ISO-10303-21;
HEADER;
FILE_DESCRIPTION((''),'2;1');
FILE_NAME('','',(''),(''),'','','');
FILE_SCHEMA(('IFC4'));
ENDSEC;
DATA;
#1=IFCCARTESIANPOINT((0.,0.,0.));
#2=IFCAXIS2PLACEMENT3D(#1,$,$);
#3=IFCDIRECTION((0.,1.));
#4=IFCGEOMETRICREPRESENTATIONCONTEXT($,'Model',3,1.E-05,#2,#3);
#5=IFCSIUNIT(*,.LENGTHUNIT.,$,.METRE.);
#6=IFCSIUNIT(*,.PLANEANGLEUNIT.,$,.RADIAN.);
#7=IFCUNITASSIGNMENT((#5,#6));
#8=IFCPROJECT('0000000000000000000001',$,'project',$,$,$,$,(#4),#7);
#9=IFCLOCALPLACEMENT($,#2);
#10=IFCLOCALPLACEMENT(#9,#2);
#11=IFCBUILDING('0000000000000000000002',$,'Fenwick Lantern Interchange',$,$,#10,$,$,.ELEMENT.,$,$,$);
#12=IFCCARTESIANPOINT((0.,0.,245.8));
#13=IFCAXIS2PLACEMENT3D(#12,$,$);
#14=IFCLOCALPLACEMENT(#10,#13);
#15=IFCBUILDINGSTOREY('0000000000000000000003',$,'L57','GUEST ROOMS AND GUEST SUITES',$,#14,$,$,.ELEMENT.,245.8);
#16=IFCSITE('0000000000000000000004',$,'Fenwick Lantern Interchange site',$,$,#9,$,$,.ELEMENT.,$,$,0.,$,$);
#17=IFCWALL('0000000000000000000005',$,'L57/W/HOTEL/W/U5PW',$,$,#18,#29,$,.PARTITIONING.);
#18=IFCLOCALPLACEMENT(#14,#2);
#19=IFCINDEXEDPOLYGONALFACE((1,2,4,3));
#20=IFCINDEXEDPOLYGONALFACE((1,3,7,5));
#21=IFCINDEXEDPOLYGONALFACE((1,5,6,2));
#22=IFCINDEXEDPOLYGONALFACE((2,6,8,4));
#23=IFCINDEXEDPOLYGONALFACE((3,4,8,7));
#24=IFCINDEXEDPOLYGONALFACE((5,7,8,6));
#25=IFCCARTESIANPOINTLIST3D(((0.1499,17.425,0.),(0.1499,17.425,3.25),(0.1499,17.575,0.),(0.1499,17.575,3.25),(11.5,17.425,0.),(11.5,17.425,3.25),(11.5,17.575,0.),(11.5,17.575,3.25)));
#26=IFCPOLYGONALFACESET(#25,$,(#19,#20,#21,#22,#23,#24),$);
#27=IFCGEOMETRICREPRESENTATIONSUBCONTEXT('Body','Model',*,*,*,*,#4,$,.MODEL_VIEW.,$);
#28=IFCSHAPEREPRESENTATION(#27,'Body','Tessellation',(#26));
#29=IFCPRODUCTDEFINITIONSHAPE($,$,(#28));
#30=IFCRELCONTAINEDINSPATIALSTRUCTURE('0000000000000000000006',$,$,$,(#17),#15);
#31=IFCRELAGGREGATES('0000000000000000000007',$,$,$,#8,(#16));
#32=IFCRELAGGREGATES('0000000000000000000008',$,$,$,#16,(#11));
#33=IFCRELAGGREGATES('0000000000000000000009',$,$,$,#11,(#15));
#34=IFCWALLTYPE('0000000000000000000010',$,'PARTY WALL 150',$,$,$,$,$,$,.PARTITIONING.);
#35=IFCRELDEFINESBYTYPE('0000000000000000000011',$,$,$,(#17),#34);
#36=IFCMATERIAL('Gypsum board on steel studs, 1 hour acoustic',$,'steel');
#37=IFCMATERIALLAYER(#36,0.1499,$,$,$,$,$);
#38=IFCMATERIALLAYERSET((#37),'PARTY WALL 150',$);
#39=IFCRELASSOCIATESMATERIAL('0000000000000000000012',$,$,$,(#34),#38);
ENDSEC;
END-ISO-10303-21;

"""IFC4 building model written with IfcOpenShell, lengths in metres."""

from ifc_helpers import new_model, si_unit, direction, frame, frame_2d, origin, place, context, subcontext, project, spatial, rectangle, extrude, material, layer, layer_set, type_object, element, save


model = new_model("IFC4")

# Units and contexts
model_context = context("Model", 3, precision=1e-05, world=origin(), true_north=direction((0.0, 1.0)))
body_context = subcontext(model_context, "Body", "Model", "MODEL_VIEW")
ifc_project = project(units=[si_unit("LENGTHUNIT", "METRE"), si_unit("PLANEANGLEUNIT", "RADIAN")], contexts=[model_context])

# Site, building, storey
site_placement = place(None, origin())
site = spatial("IfcSite", under=ifc_project, at=site_placement, Name="Fenwick Lantern Interchange site", CompositionType="ELEMENT", RefElevation=0.0)
building_placement = place(site_placement, origin())
building = spatial("IfcBuilding", under=site, at=building_placement, Name="Fenwick Lantern Interchange", CompositionType="ELEMENT")
storey_placement = place(building_placement, frame((0.0, 0.0, 245.8)))
storey = spatial("IfcBuildingStorey", under=building, at=storey_placement, Name="L57", Description="GUEST ROOMS AND GUEST SUITES", CompositionType="ELEMENT", Elevation=245.8)

# Wall
ifc_material_1 = material(Name="Gypsum board on steel studs, 1 hour acoustic", Category="steel")
ifc_layer_1 = layer(ifc_material_1, 0.1499)
ifc_layer_set_1 = layer_set([ifc_layer_1], Name="PARTY WALL 150")
wall_type_1 = type_object("IfcWallType", Name="PARTY WALL 150", PredefinedType="PARTITIONING", material=ifc_layer_set_1)
for number, where, z_axis, x_axis, name in (
    (1, (0.1499, 17.5, 0.0), (0.0, 0.0, 1.0), (1.0, 0.0, 0.0), "L57/W/HOTEL/W/U5PW"),
):
    element("IfcWall", number, at=place(storey_placement, frame(where, z_axis=z_axis, x_axis=x_axis)), inside=storey, type_object=wall_type_1, Name=name, PredefinedType="PARTITIONING", context=body_context, shape_type="SweptSolid", body=[
        extrude(rectangle(XDim=11.3501, YDim=0.1499, at=frame_2d((5.675, 0.0))), origin(), (0.0, 0.0, 1.0), 3.25),
    ])

save(model, "model.ifc")
